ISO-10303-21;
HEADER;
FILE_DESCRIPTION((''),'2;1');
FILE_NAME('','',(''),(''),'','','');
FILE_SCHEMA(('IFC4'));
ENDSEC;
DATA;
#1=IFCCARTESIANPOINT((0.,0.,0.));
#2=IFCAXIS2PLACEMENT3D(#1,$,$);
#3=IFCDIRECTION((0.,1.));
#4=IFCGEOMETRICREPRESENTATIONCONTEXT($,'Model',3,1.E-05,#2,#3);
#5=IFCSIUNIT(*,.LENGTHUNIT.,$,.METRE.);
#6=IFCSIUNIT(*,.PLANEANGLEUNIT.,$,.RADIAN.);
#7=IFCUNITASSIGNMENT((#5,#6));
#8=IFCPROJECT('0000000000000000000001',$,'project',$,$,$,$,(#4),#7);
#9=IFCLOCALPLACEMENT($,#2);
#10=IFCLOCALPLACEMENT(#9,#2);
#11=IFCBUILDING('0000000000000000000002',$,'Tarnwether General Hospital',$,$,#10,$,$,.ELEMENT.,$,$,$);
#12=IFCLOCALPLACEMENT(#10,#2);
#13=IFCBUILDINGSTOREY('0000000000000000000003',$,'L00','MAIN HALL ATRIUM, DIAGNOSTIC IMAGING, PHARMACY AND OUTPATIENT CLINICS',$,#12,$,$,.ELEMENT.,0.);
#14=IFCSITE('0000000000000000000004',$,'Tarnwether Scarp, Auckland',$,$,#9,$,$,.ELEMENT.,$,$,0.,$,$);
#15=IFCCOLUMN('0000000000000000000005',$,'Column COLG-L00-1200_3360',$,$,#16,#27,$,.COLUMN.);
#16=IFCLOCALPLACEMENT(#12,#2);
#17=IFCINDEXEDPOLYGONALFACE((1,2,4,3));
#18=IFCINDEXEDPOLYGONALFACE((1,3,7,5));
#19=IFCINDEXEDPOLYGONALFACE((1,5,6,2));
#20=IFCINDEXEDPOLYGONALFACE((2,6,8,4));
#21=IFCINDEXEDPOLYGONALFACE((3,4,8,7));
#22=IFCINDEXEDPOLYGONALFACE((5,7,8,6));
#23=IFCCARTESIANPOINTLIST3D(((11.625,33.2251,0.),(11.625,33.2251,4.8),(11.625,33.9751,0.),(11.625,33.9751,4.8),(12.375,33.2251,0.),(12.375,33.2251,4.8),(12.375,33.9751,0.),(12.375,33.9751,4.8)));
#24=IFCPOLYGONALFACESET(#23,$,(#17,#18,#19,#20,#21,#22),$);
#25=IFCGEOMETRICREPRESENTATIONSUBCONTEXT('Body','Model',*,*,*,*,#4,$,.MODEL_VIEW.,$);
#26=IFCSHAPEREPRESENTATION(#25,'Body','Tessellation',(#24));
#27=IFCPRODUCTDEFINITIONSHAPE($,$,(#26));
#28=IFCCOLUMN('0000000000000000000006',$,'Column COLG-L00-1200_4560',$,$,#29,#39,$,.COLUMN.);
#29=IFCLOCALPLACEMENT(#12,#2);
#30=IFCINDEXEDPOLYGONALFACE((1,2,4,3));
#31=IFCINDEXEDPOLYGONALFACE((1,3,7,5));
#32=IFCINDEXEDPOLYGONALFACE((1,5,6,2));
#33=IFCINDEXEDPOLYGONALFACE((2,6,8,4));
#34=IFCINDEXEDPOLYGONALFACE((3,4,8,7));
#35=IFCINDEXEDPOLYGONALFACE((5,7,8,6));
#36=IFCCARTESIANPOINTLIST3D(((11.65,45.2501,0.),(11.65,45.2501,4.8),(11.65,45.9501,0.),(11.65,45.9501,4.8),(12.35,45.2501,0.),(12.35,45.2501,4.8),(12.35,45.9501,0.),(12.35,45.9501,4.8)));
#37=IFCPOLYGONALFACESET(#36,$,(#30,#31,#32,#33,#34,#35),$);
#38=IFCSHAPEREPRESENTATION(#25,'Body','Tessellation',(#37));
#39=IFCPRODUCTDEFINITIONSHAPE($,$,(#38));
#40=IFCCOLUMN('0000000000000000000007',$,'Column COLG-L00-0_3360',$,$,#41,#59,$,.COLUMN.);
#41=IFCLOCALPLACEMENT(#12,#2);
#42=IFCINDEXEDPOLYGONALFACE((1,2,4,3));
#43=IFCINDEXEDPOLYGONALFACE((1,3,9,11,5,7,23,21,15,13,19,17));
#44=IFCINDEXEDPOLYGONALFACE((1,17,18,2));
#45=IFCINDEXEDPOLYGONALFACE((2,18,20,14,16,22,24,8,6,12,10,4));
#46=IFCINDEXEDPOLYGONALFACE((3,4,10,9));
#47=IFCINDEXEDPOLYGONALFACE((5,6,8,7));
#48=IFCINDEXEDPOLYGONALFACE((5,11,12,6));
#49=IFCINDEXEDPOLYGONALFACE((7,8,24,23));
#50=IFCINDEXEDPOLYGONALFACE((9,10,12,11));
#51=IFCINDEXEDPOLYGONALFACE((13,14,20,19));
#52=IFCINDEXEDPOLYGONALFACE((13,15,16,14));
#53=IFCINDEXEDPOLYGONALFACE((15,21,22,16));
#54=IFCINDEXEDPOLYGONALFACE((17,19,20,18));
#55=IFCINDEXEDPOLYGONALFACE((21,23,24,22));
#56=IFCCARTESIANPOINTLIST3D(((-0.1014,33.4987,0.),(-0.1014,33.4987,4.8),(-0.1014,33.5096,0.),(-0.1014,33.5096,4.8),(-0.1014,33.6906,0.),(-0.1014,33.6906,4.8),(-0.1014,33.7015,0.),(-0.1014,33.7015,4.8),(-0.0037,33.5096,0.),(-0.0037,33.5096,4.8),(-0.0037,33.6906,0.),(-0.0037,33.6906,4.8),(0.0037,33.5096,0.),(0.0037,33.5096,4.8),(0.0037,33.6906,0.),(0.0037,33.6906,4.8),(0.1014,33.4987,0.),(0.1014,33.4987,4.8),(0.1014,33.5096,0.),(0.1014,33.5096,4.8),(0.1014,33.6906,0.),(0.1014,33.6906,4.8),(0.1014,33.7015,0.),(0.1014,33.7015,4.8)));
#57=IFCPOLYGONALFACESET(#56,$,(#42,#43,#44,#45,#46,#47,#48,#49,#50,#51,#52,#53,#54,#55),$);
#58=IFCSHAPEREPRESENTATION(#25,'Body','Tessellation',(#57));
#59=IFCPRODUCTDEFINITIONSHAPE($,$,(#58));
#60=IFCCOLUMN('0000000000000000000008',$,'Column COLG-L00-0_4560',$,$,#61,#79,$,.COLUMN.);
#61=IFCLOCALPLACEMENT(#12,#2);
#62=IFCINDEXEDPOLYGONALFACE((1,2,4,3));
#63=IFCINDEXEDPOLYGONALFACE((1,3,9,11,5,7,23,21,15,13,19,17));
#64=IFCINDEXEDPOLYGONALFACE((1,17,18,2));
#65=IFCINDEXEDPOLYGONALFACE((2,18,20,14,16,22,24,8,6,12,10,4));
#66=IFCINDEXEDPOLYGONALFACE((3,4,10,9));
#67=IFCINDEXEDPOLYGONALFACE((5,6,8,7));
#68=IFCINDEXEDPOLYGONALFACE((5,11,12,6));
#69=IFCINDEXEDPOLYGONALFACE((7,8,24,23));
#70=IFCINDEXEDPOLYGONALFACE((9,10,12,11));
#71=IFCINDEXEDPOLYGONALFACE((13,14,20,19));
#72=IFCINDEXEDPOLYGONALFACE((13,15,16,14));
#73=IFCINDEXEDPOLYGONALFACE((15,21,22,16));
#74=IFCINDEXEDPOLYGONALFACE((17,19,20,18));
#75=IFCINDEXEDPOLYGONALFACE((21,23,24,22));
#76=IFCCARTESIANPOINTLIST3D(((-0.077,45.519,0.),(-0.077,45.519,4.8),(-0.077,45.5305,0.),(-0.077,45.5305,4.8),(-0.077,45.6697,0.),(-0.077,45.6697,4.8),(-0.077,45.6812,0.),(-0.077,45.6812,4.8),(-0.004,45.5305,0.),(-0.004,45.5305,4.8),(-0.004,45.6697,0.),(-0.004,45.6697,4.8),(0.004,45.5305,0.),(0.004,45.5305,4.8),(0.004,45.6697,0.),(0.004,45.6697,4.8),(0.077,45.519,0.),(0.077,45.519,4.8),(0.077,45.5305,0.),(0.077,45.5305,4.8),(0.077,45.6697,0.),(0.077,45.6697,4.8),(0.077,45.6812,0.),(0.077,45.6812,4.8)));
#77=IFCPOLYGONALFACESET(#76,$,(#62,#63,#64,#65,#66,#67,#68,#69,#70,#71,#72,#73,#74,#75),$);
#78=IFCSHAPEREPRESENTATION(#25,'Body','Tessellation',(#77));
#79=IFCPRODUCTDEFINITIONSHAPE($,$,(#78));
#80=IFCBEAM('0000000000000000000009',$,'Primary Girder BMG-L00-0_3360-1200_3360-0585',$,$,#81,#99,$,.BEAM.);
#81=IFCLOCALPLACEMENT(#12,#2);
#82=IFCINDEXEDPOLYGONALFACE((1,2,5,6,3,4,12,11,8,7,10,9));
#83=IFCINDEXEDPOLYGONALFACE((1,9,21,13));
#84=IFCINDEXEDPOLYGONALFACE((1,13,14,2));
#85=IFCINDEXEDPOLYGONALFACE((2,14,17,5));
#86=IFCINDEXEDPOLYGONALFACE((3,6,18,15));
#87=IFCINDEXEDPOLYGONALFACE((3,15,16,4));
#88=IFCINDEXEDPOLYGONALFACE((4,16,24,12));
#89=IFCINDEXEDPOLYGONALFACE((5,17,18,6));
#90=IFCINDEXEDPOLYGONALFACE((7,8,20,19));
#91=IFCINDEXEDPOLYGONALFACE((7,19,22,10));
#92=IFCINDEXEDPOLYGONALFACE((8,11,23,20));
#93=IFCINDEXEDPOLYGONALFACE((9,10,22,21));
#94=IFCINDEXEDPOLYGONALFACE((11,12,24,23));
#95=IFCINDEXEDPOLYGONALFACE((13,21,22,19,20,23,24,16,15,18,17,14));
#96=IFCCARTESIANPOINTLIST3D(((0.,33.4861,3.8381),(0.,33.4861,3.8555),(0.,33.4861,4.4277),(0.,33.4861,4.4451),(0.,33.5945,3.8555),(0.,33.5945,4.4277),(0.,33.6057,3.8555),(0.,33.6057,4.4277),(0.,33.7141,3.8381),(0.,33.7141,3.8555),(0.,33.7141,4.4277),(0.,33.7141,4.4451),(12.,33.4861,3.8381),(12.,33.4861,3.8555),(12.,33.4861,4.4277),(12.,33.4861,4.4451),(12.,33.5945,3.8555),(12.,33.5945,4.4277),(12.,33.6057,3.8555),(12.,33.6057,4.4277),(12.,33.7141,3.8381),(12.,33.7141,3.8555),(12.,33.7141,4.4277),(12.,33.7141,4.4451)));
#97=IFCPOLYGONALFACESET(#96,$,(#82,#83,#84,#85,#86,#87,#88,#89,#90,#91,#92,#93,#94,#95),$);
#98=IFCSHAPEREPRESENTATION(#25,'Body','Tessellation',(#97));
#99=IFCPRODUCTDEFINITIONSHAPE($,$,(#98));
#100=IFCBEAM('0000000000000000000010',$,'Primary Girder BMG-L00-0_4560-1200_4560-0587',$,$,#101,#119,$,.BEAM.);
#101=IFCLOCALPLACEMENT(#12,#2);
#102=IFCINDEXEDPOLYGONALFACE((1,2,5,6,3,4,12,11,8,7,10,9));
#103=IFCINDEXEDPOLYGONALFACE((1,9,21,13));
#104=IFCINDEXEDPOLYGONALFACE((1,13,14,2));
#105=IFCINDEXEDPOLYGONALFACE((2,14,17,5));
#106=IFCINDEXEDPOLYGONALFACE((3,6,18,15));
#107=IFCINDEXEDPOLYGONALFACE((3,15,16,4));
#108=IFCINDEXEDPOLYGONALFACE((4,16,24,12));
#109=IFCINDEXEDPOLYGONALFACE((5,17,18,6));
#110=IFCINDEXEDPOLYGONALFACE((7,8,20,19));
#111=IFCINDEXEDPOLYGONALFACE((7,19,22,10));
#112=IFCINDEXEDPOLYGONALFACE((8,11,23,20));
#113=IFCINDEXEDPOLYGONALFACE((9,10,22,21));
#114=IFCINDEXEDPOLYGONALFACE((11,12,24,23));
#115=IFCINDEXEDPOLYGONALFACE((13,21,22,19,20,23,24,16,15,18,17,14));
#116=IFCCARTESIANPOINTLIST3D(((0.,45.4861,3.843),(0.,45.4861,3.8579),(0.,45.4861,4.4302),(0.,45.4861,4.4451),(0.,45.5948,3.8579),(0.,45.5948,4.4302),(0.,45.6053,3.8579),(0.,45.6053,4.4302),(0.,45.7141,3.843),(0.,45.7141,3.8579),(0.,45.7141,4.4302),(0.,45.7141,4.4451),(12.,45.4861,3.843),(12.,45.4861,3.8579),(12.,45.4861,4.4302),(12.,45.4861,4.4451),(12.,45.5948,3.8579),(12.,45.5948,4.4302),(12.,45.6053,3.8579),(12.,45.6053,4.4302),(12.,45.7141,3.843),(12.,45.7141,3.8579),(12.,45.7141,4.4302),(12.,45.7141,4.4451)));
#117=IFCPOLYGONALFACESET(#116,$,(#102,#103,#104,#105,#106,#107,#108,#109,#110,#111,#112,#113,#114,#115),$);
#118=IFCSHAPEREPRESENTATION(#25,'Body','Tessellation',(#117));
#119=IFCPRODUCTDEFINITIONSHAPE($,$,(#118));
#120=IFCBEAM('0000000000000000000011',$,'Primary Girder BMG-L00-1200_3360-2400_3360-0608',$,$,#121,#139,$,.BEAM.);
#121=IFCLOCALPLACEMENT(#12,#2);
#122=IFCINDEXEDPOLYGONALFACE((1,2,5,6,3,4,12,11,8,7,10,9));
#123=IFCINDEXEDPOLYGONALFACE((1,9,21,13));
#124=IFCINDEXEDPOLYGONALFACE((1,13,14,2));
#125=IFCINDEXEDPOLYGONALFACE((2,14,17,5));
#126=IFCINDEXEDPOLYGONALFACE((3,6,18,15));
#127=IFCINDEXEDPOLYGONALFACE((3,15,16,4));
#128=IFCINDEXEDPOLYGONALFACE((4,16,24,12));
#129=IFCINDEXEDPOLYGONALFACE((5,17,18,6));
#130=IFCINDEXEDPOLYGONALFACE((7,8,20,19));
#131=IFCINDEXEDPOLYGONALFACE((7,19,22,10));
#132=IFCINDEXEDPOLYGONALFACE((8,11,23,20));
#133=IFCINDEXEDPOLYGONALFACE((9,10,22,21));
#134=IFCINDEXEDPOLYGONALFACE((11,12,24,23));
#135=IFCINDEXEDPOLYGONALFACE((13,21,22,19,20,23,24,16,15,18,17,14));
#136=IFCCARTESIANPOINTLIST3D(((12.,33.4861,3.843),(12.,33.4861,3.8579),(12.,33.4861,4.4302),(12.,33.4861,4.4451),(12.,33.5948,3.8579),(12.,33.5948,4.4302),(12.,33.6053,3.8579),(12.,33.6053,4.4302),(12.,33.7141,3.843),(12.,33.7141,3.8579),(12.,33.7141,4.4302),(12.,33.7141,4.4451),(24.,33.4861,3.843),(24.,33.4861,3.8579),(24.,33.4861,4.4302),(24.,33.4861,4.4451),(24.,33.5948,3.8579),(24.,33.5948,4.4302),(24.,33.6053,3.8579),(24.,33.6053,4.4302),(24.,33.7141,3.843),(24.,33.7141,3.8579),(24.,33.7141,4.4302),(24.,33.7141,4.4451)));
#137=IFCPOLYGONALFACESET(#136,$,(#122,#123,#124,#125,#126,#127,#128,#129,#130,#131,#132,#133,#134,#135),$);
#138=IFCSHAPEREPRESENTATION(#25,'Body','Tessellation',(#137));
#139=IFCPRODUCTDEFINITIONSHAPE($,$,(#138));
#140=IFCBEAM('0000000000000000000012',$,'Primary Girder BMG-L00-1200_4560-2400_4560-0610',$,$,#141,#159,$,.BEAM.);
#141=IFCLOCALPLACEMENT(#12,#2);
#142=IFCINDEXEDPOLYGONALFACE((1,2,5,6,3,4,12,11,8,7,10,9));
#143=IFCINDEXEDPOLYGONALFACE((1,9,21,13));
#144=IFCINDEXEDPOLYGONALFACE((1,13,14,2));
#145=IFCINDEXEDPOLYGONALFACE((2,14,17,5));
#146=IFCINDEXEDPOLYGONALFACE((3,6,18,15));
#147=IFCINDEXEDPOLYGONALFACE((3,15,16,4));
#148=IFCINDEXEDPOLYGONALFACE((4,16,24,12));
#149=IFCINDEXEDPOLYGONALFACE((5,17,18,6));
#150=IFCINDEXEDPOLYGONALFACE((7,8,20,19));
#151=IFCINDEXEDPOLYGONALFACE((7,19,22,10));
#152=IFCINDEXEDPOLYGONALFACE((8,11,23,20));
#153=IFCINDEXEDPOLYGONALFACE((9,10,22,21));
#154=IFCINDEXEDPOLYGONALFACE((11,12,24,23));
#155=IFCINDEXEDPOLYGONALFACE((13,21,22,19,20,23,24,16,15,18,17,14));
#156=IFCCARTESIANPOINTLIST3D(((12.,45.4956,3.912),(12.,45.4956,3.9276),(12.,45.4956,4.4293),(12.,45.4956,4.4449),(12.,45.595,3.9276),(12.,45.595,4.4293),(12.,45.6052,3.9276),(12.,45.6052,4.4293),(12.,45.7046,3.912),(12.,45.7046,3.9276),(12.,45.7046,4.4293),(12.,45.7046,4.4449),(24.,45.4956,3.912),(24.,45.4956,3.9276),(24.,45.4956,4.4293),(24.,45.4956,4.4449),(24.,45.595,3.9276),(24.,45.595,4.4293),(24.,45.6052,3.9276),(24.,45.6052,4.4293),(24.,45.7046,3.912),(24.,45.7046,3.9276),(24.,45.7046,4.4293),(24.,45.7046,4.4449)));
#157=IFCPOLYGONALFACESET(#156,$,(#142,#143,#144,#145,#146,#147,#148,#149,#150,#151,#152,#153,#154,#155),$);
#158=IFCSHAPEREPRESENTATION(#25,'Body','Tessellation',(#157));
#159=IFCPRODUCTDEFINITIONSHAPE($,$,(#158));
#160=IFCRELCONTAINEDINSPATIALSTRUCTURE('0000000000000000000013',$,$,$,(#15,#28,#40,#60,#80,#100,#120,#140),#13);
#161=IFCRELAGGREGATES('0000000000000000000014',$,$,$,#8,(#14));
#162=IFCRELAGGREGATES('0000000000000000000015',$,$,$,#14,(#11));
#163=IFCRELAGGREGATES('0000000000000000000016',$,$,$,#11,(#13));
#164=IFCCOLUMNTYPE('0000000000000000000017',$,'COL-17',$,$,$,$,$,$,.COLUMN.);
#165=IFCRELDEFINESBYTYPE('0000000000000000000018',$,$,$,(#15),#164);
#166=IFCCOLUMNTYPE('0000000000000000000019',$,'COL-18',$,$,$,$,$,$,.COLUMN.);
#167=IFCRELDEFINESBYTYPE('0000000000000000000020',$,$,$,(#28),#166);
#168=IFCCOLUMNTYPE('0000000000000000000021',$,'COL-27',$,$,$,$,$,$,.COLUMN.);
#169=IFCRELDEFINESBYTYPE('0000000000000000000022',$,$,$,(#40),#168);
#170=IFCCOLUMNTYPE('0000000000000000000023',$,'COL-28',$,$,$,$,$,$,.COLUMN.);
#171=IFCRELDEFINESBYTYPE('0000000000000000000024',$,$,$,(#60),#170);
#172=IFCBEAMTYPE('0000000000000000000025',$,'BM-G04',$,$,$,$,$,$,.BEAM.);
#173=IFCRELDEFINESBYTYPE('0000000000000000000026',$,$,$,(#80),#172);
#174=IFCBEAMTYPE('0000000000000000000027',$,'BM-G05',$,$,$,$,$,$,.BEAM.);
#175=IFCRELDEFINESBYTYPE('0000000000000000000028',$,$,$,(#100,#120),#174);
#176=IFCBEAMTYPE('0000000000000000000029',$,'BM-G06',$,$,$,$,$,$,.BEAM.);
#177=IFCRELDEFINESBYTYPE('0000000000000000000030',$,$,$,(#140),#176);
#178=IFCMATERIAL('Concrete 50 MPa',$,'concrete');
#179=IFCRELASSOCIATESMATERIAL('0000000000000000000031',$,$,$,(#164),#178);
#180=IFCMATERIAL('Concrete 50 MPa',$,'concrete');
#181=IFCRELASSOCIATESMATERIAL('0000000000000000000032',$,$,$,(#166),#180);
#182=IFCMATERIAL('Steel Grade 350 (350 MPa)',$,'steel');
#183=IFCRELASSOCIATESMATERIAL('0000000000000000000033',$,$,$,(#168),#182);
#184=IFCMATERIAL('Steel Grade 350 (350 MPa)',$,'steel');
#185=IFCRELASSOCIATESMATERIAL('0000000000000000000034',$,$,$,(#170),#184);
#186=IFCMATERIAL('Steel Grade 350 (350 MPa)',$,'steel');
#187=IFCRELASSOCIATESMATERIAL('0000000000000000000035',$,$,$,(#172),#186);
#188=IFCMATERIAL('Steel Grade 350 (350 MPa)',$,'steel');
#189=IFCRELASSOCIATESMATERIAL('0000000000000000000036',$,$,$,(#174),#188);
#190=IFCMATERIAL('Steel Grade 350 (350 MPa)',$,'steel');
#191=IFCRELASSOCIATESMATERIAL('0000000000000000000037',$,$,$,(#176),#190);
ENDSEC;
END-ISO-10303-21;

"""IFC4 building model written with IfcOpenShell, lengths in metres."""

from ifc_helpers import new_model, si_unit, direction, frame, origin, origin_2d, place, context, subcontext, project, spatial, rectangle, i_section, extrude, material, material_profile, profile_set, type_object, element, save


model = new_model("IFC4")

# Units and contexts
model_context = context("Model", 3, precision=1e-05, world=origin(), true_north=direction((0.0, 1.0)))
body_context = subcontext(model_context, "Body", "Model", "MODEL_VIEW")
ifc_project = project(units=[si_unit("LENGTHUNIT", "METRE"), si_unit("PLANEANGLEUNIT", "RADIAN")], contexts=[model_context])

# Site, building, storey
site_placement = place(None, origin())
site = spatial("IfcSite", under=ifc_project, at=site_placement, Name="Tarnwether Scarp, Auckland", CompositionType="ELEMENT", RefElevation=0.0)
building_placement = place(site_placement, origin())
building = spatial("IfcBuilding", under=site, at=building_placement, Name="Tarnwether General Hospital", CompositionType="ELEMENT")
storey_placement = place(building_placement, origin())
storey = spatial("IfcBuildingStorey", under=building, at=storey_placement, Name="L00", Description="MAIN HALL ATRIUM, DIAGNOSTIC IMAGING, PHARMACY AND OUTPATIENT CLINICS", CompositionType="ELEMENT", Elevation=0.0)

# Columns
ifc_material_1 = material(Name="Concrete 50 MPa", Category="concrete")
ifc_material_profile_1 = material_profile(ifc_material_1, rectangle(XDim=0.75, YDim=0.75, at=origin_2d()), Name="RC-COL-750x750")
ifc_profile_set_1 = profile_set([ifc_material_profile_1], Name="Concrete 50 MPa")
column_type_1 = type_object("IfcColumnType", Name="COL-17", PredefinedType="COLUMN", material=ifc_profile_set_1)
column_1_placement = place(storey_placement, frame((12.0, 33.6001, 0.0), z_axis=(0.0, 0.0, 1.0), x_axis=(0.0, 1.0, 0.0)))
element("IfcColumn", 1, at=column_1_placement, inside=storey, type_object=column_type_1, Name="Column COLG-L00-1200_3360", PredefinedType="COLUMN", context=body_context, shape_type="SweptSolid", body=[
    extrude(rectangle(XDim=0.75, YDim=0.75, at=origin_2d()), origin(), (0.0, 0.0, 1.0), 4.8),
])
ifc_material_2 = material(Name="Concrete 50 MPa", Category="concrete")
ifc_material_profile_2 = material_profile(ifc_material_2, rectangle(XDim=0.7, YDim=0.7, at=origin_2d()), Name="RC-COL-700x700")
ifc_profile_set_2 = profile_set([ifc_material_profile_2], Name="Concrete 50 MPa")
column_type_2 = type_object("IfcColumnType", Name="COL-18", PredefinedType="COLUMN", material=ifc_profile_set_2)
column_2_placement = place(storey_placement, frame((12.0, 45.6001, 0.0), z_axis=(0.0, 0.0, 1.0), x_axis=(0.0, 1.0, 0.0)))
element("IfcColumn", 2, at=column_2_placement, inside=storey, type_object=column_type_2, Name="Column COLG-L00-1200_4560", PredefinedType="COLUMN", context=body_context, shape_type="SweptSolid", body=[
    extrude(rectangle(XDim=0.7, YDim=0.7, at=origin_2d()), origin(), (0.0, 0.0, 1.0), 4.8),
])
ifc_material_3 = material(Name="Steel Grade 350 (350 MPa)", Category="steel")
ifc_material_profile_3 = material_profile(ifc_material_3, i_section(OverallWidth=0.2029, OverallDepth=0.2029, WebThickness=0.0073, FlangeThickness=0.011, at=origin_2d()), Name="200UC46.2")
ifc_profile_set_3 = profile_set([ifc_material_profile_3], Name="Steel Grade 350 (350 MPa)")
column_type_3 = type_object("IfcColumnType", Name="COL-27", PredefinedType="COLUMN", material=ifc_profile_set_3)
column_3_placement = place(storey_placement, frame((0.0, 33.6001, 0.0), z_axis=(0.0, 0.0, 1.0), x_axis=(1.0, 0.0, 0.0)))
element("IfcColumn", 3, at=column_3_placement, inside=storey, type_object=column_type_3, Name="Column COLG-L00-0_3360", PredefinedType="COLUMN", context=body_context, shape_type="SweptSolid", body=[
    extrude(i_section(OverallWidth=0.2029, OverallDepth=0.2029, WebThickness=0.0073, FlangeThickness=0.011, at=origin_2d()), origin(), (0.0, 0.0, 1.0), 4.8),
])
ifc_material_4 = material(Name="Steel Grade 350 (350 MPa)", Category="steel")
ifc_material_profile_4 = material_profile(ifc_material_4, i_section(OverallWidth=0.1541, OverallDepth=0.1621, WebThickness=0.0081, FlangeThickness=0.0115, at=origin_2d()), Name="150UC37.2")
ifc_profile_set_4 = profile_set([ifc_material_profile_4], Name="Steel Grade 350 (350 MPa)")
column_type_4 = type_object("IfcColumnType", Name="COL-28", PredefinedType="COLUMN", material=ifc_profile_set_4)
column_4_placement = place(storey_placement, frame((0.0, 45.6001, 0.0), z_axis=(0.0, 0.0, 1.0), x_axis=(1.0, 0.0, 0.0)))
element("IfcColumn", 4, at=column_4_placement, inside=storey, type_object=column_type_4, Name="Column COLG-L00-0_4560", PredefinedType="COLUMN", context=body_context, shape_type="SweptSolid", body=[
    extrude(i_section(OverallWidth=0.1541, OverallDepth=0.1621, WebThickness=0.0081, FlangeThickness=0.0115, at=origin_2d()), origin(), (0.0, 0.0, 1.0), 4.8),
])

# Beams
ifc_material_5 = material(Name="Steel Grade 350 (350 MPa)", Category="steel")
ifc_material_profile_5 = material_profile(ifc_material_5, i_section(OverallWidth=0.228, OverallDepth=0.6069, WebThickness=0.0112, FlangeThickness=0.0173, at=origin_2d()), Name="610UB113")
ifc_profile_set_5 = profile_set([ifc_material_profile_5], Name="Steel Grade 350 (350 MPa)")
beam_type_1 = type_object("IfcBeamType", Name="BM-G04", PredefinedType="BEAM", material=ifc_profile_set_5)
beam_1_placement = place(storey_placement, frame((0.0, 33.6001, 4.1416), z_axis=(1.0, 0.0, 0.0), x_axis=(0.0, 1.0, 0.0)))
element("IfcBeam", 5, at=beam_1_placement, inside=storey, type_object=beam_type_1, Name="Primary Girder BMG-L00-0_3360-1200_3360-0585", PredefinedType="BEAM", context=body_context, shape_type="SweptSolid", body=[
    extrude(i_section(OverallWidth=0.228, OverallDepth=0.6069, WebThickness=0.0112, FlangeThickness=0.0173, at=origin_2d()), origin(), (0.0, 0.0, 1.0), 12.0),
])
ifc_material_6 = material(Name="Steel Grade 350 (350 MPa)", Category="steel")
ifc_material_profile_6 = material_profile(ifc_material_6, i_section(OverallWidth=0.228, OverallDepth=0.6021, WebThickness=0.0105, FlangeThickness=0.0149, at=origin_2d()), Name="610UB101")
ifc_profile_set_6 = profile_set([ifc_material_profile_6], Name="Steel Grade 350 (350 MPa)")
beam_type_2 = type_object("IfcBeamType", Name="BM-G05", PredefinedType="BEAM", material=ifc_profile_set_6)
for number, where, z_axis, x_axis, name in (
    (6, (0.0, 45.6001, 4.144), (1.0, 0.0, 0.0), (0.0, 1.0, 0.0), "Primary Girder BMG-L00-0_4560-1200_4560-0587"),
    (7, (12.0, 33.6001, 4.144), (1.0, 0.0, 0.0), (0.0, 1.0, 0.0), "Primary Girder BMG-L00-1200_3360-2400_3360-0608"),
):
    element("IfcBeam", number, at=place(storey_placement, frame(where, z_axis=z_axis, x_axis=x_axis)), inside=storey, type_object=beam_type_2, Name=name, PredefinedType="BEAM", context=body_context, shape_type="SweptSolid", body=[
        extrude(i_section(OverallWidth=0.228, OverallDepth=0.6021, WebThickness=0.0105, FlangeThickness=0.0149, at=origin_2d()), origin(), (0.0, 0.0, 1.0), 12.0),
    ])
ifc_material_7 = material(Name="Steel Grade 350 (350 MPa)", Category="steel")
ifc_material_profile_7 = material_profile(ifc_material_7, i_section(OverallWidth=0.209, OverallDepth=0.533, WebThickness=0.0103, FlangeThickness=0.0156, at=origin_2d()), Name="530UB92.4")
ifc_profile_set_7 = profile_set([ifc_material_profile_7], Name="Steel Grade 350 (350 MPa)")
beam_type_3 = type_object("IfcBeamType", Name="BM-G06", PredefinedType="BEAM", material=ifc_profile_set_7)
beam_2_placement = place(storey_placement, frame((12.0, 45.6001, 4.1785), z_axis=(1.0, 0.0, 0.0), x_axis=(0.0, 1.0, 0.0)))
element("IfcBeam", 8, at=beam_2_placement, inside=storey, type_object=beam_type_3, Name="Primary Girder BMG-L00-1200_4560-2400_4560-0610", PredefinedType="BEAM", context=body_context, shape_type="SweptSolid", body=[
    extrude(i_section(OverallWidth=0.209, OverallDepth=0.533, WebThickness=0.0103, FlangeThickness=0.0156, at=origin_2d()), origin(), (0.0, 0.0, 1.0), 12.0),
])

save(model, "model.ifc")
